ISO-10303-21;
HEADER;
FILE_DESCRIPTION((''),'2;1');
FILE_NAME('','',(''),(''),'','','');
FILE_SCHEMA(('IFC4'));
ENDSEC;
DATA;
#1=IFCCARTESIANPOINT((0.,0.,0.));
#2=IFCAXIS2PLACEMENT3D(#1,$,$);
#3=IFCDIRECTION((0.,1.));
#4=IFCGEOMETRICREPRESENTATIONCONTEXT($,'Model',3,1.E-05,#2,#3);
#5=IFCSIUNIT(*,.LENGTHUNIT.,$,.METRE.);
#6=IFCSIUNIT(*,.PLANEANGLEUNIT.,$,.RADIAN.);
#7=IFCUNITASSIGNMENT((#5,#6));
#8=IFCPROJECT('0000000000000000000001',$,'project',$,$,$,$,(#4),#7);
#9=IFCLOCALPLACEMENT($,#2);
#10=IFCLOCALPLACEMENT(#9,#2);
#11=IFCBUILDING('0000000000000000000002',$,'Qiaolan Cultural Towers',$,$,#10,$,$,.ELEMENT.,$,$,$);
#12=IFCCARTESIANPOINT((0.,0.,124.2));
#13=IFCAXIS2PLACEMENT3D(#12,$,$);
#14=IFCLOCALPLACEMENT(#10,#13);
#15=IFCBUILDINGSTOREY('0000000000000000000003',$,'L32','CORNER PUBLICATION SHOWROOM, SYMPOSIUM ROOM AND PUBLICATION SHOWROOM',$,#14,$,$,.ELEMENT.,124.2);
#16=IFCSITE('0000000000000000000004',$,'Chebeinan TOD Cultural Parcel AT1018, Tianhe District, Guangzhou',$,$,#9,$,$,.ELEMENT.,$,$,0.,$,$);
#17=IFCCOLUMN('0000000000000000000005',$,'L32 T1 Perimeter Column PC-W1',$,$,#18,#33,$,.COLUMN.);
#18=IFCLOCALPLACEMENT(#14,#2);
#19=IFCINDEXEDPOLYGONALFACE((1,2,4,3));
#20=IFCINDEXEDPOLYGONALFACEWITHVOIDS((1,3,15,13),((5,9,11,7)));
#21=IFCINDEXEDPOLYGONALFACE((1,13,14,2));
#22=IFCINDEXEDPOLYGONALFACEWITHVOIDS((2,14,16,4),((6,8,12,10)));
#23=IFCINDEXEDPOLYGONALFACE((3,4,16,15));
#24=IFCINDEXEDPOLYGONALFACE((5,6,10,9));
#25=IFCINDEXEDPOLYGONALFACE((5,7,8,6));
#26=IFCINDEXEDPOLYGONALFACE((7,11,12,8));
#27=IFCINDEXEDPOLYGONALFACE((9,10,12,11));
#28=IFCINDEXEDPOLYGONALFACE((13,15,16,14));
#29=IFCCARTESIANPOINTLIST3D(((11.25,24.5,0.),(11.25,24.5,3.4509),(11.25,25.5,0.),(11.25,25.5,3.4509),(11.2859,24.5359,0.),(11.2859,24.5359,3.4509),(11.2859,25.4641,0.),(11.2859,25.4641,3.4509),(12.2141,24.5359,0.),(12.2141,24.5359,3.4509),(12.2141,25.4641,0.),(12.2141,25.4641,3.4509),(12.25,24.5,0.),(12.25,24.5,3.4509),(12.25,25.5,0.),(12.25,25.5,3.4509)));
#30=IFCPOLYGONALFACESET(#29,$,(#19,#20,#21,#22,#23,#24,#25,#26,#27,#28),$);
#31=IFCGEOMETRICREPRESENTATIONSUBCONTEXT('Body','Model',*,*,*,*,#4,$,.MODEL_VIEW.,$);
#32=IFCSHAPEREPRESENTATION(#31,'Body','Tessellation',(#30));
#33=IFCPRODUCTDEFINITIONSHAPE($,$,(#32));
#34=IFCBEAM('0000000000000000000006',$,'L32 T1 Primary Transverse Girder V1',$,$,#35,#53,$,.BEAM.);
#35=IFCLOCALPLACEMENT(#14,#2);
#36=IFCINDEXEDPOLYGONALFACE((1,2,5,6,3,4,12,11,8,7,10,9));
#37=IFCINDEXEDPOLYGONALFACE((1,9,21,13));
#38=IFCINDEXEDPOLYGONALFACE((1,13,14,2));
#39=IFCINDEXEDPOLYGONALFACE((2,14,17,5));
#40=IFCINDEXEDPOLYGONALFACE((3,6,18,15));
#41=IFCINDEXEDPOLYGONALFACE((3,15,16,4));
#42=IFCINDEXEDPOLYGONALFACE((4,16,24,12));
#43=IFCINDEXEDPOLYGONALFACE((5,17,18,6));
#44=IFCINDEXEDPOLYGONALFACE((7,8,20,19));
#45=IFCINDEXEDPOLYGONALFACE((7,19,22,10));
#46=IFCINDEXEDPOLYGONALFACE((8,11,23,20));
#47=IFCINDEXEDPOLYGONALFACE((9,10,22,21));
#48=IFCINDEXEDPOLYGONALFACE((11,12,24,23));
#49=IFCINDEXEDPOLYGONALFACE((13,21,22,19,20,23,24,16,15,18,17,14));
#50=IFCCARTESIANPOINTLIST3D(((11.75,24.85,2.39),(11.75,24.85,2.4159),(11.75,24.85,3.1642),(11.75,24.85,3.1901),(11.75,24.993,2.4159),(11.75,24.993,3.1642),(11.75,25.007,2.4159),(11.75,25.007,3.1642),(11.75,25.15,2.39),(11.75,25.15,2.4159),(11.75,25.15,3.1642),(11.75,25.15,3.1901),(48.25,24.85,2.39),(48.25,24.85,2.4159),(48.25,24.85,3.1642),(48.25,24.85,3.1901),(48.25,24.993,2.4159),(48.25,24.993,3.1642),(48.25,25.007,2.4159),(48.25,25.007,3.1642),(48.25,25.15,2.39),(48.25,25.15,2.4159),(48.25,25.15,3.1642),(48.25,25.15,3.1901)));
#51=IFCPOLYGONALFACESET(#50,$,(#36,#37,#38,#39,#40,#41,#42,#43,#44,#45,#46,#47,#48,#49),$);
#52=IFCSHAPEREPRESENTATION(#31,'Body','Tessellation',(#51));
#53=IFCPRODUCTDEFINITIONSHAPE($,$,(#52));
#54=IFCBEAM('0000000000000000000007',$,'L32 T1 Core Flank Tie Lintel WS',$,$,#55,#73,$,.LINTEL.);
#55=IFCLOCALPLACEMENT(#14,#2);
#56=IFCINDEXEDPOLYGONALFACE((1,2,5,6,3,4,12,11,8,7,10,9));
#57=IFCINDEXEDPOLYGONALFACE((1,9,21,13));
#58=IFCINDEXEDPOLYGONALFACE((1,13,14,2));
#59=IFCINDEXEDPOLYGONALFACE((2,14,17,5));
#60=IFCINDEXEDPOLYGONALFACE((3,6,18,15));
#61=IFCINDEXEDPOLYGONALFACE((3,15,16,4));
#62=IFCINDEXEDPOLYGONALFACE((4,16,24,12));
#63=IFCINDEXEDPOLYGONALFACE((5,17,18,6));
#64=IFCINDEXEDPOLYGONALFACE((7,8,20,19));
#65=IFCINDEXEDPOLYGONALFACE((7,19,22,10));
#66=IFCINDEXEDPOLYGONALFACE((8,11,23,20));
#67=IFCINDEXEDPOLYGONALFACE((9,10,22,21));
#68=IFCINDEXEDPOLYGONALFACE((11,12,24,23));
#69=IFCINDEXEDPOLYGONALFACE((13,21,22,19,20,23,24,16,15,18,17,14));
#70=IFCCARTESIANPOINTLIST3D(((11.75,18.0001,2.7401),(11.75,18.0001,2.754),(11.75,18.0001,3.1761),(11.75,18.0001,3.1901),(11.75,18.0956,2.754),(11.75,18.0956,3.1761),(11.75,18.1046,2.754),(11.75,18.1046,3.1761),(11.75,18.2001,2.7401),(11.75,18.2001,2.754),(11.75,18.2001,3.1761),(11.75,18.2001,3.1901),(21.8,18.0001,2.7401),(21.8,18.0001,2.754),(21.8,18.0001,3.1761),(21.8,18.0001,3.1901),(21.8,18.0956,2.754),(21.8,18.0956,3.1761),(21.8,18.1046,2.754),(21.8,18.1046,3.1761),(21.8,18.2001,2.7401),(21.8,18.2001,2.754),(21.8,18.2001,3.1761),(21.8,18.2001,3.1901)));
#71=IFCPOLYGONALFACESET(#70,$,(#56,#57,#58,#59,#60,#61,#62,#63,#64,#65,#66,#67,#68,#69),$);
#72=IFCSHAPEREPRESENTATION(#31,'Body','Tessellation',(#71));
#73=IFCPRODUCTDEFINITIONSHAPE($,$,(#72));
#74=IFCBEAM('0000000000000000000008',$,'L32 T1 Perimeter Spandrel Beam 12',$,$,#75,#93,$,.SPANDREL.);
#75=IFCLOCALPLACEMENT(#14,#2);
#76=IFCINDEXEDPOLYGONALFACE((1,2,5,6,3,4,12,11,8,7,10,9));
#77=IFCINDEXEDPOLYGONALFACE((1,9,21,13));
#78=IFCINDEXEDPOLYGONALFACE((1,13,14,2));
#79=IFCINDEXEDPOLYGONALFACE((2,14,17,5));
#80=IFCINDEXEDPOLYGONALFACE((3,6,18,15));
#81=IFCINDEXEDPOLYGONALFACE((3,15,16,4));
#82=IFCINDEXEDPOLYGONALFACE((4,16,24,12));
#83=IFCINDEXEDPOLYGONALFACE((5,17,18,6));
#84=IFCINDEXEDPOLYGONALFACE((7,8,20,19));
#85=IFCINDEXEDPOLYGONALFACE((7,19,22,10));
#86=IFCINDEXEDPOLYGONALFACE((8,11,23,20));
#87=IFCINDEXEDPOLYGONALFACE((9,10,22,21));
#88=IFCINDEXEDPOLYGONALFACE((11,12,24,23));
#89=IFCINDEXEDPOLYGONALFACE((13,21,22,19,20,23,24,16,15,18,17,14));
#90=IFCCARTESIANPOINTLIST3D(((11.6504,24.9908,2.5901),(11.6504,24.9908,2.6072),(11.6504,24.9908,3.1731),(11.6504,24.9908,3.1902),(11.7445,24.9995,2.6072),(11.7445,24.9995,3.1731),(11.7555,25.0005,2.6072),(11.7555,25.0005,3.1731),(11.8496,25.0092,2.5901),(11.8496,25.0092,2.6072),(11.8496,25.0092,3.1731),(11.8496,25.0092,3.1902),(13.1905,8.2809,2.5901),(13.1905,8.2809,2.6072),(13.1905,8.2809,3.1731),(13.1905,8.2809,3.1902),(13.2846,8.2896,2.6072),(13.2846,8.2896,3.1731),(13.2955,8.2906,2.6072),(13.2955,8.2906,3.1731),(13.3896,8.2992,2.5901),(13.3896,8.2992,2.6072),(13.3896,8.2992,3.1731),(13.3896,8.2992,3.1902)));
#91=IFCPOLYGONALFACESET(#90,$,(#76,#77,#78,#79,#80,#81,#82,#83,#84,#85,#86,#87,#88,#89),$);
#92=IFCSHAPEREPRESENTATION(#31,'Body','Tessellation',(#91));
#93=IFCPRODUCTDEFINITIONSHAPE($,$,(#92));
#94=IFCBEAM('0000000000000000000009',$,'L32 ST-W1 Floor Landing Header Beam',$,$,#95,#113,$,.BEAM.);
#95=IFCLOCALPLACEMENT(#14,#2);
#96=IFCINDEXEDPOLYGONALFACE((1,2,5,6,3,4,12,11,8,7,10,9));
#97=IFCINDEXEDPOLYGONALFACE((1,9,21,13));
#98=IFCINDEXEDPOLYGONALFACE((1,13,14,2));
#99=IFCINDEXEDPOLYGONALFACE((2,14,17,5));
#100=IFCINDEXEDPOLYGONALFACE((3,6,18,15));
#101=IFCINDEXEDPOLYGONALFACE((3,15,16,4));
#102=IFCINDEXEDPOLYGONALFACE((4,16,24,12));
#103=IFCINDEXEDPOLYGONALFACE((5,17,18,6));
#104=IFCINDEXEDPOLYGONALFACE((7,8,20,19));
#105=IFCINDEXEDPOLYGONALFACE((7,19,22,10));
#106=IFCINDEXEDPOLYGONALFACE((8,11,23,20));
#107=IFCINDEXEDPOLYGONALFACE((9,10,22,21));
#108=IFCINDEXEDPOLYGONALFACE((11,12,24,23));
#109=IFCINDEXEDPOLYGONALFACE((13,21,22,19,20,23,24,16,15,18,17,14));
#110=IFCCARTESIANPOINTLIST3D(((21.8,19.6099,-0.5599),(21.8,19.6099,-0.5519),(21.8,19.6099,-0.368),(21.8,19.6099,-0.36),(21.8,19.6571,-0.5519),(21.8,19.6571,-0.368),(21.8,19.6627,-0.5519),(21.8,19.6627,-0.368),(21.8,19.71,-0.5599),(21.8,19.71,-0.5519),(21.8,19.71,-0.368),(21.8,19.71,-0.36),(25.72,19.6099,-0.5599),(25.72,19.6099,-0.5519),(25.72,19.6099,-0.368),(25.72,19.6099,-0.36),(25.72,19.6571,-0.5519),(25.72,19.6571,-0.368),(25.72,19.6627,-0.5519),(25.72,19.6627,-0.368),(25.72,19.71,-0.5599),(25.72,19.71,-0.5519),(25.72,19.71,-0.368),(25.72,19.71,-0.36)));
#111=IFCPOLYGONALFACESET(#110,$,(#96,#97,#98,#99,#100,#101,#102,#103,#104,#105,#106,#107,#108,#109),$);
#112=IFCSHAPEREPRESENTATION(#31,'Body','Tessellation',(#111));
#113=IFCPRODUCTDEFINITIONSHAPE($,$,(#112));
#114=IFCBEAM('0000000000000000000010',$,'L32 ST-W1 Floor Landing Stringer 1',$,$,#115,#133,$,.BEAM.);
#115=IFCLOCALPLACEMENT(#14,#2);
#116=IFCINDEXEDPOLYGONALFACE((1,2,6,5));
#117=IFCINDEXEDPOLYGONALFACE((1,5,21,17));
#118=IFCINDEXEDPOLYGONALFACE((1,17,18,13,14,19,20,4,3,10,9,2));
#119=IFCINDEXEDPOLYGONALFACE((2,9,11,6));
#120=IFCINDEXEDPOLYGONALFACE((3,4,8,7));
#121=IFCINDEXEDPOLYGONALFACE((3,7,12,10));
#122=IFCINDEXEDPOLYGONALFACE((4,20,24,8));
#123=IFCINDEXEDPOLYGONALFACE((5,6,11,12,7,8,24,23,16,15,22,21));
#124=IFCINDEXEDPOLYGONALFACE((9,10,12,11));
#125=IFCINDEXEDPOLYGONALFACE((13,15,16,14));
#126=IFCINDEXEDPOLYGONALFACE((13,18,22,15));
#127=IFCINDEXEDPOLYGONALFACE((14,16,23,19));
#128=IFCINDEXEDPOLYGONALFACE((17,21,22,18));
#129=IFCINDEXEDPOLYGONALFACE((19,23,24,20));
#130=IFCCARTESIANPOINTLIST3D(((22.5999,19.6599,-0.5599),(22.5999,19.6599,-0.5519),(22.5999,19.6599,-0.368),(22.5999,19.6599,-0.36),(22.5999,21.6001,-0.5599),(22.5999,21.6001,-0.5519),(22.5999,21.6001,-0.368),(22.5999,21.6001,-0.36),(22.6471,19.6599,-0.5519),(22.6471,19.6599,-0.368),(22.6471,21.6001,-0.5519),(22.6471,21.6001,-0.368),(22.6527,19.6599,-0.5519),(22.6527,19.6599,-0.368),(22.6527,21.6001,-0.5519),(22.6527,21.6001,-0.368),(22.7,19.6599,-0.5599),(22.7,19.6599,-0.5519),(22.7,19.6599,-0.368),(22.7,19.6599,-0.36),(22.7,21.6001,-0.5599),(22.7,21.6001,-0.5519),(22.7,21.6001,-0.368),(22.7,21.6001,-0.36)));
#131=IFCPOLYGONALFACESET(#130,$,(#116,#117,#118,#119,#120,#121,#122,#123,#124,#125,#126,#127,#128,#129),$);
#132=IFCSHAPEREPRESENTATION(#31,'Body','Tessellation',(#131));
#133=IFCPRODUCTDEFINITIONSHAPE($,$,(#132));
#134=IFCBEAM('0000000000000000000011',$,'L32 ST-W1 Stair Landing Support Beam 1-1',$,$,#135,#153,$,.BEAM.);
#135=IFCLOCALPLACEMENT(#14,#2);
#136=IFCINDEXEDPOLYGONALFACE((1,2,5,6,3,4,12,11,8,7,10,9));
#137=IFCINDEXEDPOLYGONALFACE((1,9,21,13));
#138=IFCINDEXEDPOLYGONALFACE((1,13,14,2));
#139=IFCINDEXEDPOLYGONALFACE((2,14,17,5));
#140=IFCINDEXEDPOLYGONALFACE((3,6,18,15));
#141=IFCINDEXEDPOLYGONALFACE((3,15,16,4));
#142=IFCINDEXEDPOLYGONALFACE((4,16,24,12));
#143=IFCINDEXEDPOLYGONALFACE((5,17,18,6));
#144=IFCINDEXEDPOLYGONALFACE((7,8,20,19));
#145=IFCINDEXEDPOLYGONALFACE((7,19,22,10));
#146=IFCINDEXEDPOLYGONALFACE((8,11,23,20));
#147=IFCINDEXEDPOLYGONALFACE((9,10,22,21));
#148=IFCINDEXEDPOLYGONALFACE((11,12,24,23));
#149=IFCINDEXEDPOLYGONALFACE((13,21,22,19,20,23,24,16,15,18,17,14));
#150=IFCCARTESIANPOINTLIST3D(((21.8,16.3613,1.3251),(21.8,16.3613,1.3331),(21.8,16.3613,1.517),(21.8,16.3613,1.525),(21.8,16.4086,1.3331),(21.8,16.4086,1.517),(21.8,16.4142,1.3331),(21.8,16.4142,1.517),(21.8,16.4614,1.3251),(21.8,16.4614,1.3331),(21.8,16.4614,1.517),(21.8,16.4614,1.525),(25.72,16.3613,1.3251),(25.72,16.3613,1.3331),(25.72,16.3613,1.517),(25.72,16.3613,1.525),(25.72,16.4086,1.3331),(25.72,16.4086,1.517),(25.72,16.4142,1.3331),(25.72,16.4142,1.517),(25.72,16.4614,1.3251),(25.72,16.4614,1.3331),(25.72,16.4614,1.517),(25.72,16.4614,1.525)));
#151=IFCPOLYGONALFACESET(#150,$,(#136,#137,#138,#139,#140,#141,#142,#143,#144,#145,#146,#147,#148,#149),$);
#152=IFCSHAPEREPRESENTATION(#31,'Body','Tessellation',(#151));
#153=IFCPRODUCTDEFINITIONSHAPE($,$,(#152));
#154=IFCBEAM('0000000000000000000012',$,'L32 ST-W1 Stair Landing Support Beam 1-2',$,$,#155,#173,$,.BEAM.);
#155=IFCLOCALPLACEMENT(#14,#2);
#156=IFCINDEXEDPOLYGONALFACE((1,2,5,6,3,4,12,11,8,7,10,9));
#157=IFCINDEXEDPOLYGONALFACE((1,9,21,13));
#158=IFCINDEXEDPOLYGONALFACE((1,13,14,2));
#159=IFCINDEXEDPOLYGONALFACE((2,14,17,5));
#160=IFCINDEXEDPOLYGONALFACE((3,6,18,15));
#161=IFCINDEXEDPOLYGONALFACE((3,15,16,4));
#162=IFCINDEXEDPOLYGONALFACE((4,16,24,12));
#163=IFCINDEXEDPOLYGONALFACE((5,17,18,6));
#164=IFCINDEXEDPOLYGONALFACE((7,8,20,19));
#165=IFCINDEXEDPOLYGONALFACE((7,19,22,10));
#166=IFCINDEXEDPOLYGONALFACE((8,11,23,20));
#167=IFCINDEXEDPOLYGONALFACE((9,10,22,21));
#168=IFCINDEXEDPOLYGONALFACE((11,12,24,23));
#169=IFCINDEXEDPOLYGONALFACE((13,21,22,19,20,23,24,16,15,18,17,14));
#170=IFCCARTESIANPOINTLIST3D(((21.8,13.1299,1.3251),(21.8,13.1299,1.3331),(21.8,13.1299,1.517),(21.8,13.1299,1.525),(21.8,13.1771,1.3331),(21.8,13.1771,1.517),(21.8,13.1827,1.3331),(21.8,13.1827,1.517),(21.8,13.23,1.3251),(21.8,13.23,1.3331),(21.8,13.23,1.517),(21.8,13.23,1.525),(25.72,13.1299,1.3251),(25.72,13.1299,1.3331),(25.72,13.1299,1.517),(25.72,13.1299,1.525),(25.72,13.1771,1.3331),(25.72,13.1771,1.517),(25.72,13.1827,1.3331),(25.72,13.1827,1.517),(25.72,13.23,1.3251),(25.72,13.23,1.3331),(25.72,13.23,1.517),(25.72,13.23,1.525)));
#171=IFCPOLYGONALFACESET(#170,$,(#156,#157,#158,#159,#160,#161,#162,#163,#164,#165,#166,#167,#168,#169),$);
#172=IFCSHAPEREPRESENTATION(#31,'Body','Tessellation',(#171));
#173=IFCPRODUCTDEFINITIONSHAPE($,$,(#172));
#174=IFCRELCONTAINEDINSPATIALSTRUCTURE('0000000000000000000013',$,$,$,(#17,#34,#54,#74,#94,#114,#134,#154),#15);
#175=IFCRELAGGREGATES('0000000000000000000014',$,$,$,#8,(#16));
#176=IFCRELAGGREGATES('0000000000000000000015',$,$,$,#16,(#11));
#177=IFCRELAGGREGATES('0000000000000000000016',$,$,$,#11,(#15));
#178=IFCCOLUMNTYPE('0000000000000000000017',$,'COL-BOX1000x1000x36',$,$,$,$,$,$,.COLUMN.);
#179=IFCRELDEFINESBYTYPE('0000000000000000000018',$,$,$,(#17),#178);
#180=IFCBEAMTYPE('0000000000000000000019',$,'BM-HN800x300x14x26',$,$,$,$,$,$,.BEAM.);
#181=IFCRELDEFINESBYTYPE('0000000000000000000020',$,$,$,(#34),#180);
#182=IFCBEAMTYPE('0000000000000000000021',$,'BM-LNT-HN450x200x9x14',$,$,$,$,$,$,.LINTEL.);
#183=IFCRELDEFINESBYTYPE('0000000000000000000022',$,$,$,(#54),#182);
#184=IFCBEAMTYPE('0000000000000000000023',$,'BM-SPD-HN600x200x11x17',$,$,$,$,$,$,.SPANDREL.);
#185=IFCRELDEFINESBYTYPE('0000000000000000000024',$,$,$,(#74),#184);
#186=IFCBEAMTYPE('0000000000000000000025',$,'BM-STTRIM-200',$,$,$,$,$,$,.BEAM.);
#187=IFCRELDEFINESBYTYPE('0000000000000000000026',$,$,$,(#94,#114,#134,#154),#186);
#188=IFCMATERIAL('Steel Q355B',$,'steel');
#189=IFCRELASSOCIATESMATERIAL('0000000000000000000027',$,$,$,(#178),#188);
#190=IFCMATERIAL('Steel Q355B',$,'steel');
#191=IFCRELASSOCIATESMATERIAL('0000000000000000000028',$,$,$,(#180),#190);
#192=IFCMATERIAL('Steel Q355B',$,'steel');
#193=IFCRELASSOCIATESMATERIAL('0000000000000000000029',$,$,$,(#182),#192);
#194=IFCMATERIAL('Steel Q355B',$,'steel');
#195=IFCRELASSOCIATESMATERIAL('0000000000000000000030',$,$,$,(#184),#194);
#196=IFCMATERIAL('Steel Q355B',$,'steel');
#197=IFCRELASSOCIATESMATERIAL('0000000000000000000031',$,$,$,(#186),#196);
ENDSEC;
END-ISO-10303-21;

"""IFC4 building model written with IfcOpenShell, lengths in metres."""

from ifc_helpers import new_model, si_unit, direction, frame, origin, origin_2d, place, context, subcontext, project, spatial, hollow_rectangle, i_section, extrude, material, material_profile, profile_set, type_object, element, save


model = new_model("IFC4")

# Units and contexts
model_context = context("Model", 3, precision=1e-05, world=origin(), true_north=direction((0.0, 1.0)))
body_context = subcontext(model_context, "Body", "Model", "MODEL_VIEW")
ifc_project = project(units=[si_unit("LENGTHUNIT", "METRE"), si_unit("PLANEANGLEUNIT", "RADIAN")], contexts=[model_context])

# Site, building, storey
site_placement = place(None, origin())
site = spatial("IfcSite", under=ifc_project, at=site_placement, Name="Chebeinan TOD Cultural Parcel AT1018, Tianhe District, Guangzhou", CompositionType="ELEMENT", RefElevation=0.0)
building_placement = place(site_placement, origin())
building = spatial("IfcBuilding", under=site, at=building_placement, Name="Qiaolan Cultural Towers", CompositionType="ELEMENT")
storey_placement = place(building_placement, frame((0.0, 0.0, 124.2)))
storey = spatial("IfcBuildingStorey", under=building, at=storey_placement, Name="L32", Description="CORNER PUBLICATION SHOWROOM, SYMPOSIUM ROOM AND PUBLICATION SHOWROOM", CompositionType="ELEMENT", Elevation=124.2)

# Column
ifc_material_1 = material(Name="Steel Q355B", Category="steel")
ifc_material_profile_1 = material_profile(ifc_material_1, hollow_rectangle(XDim=1.0, YDim=1.0, WallThickness=0.0359, at=origin_2d()), Name="BOX1000x1000x36")
ifc_profile_set_1 = profile_set([ifc_material_profile_1], Name="Steel Q355B")
column_type = type_object("IfcColumnType", Name="COL-BOX1000x1000x36", PredefinedType="COLUMN", material=ifc_profile_set_1)
column_placement = place(storey_placement, frame((11.75, 25.0, 0.0), z_axis=(0.0, 0.0, 1.0), x_axis=(1.0, 0.0, 0.0)))
element("IfcColumn", 1, at=column_placement, inside=storey, type_object=column_type, Name="L32 T1 Perimeter Column PC-W1", PredefinedType="COLUMN", context=body_context, shape_type="SweptSolid", body=[
    extrude(hollow_rectangle(XDim=1.0, YDim=1.0, WallThickness=0.0359, at=origin_2d()), origin(), (0.0, 0.0, 1.0), 3.4509),
])

# Beams
ifc_material_2 = material(Name="Steel Q355B", Category="steel")
ifc_material_profile_2 = material_profile(ifc_material_2, i_section(OverallWidth=0.3, OverallDepth=0.8, WebThickness=0.0139, FlangeThickness=0.0259, at=origin_2d()), Name="HN800x300x14x26")
ifc_profile_set_2 = profile_set([ifc_material_profile_2], Name="Steel Q355B")
beam_type_1 = type_object("IfcBeamType", Name="BM-HN800x300x14x26", PredefinedType="BEAM", material=ifc_profile_set_2)
beam_1_placement = place(storey_placement, frame((11.75, 25.0, 2.79), z_axis=(1.0, 0.0, 0.0), x_axis=(0.0, 1.0, 0.0)))
element("IfcBeam", 2, at=beam_1_placement, inside=storey, type_object=beam_type_1, Name="L32 T1 Primary Transverse Girder V1", PredefinedType="BEAM", context=body_context, shape_type="SweptSolid", body=[
    extrude(i_section(OverallWidth=0.3, OverallDepth=0.8, WebThickness=0.0139, FlangeThickness=0.0259, at=origin_2d()), origin(), (0.0, 0.0, 1.0), 36.5),
])
ifc_material_3 = material(Name="Steel Q355B", Category="steel")
ifc_material_profile_3 = material_profile(ifc_material_3, i_section(OverallWidth=0.2, OverallDepth=0.45, WebThickness=0.009, FlangeThickness=0.0139, at=origin_2d()), Name="HN450x200x9x14")
ifc_profile_set_3 = profile_set([ifc_material_profile_3], Name="Steel Q355B")
beam_type_2 = type_object("IfcBeamType", Name="BM-LNT-HN450x200x9x14", PredefinedType="LINTEL", material=ifc_profile_set_3)
beam_2_placement = place(storey_placement, frame((21.8, 18.1001, 2.9651), z_axis=(-1.0, 0.0, 0.0), x_axis=(0.0, -1.0, 0.0)))
element("IfcBeam", 3, at=beam_2_placement, inside=storey, type_object=beam_type_2, Name="L32 T1 Core Flank Tie Lintel WS", PredefinedType="LINTEL", context=body_context, shape_type="SweptSolid", body=[
    extrude(i_section(OverallWidth=0.2, OverallDepth=0.45, WebThickness=0.009, FlangeThickness=0.0139, at=origin_2d()), origin(), (0.0, 0.0, 1.0), 10.05),
])
ifc_material_4 = material(Name="Steel Q355B", Category="steel")
ifc_material_profile_4 = material_profile(ifc_material_4, i_section(OverallWidth=0.2, OverallDepth=0.6001, WebThickness=0.011, FlangeThickness=0.0171, at=origin_2d()), Name="HN600x200x11x17")
ifc_profile_set_4 = profile_set([ifc_material_profile_4], Name="Steel Q355B")
beam_type_3 = type_object("IfcBeamType", Name="BM-SPD-HN600x200x11x17", PredefinedType="SPANDREL", material=ifc_profile_set_4)
beam_3_placement = place(storey_placement, frame((11.75, 25.0, 2.8901), z_axis=(0.091774, -0.99578, 0.0), x_axis=(0.99578, 0.091774, 0.0)))
element("IfcBeam", 4, at=beam_3_placement, inside=storey, type_object=beam_type_3, Name="L32 T1 Perimeter Spandrel Beam 12", PredefinedType="SPANDREL", context=body_context, shape_type="SweptSolid", body=[
    extrude(i_section(OverallWidth=0.2, OverallDepth=0.6001, WebThickness=0.011, FlangeThickness=0.0171, at=origin_2d()), origin(), (0.0, 0.0, 1.0), 16.7808),
])
ifc_material_5 = material(Name="Steel Q355B", Category="steel")
ifc_material_profile_5 = material_profile(ifc_material_5, i_section(OverallWidth=0.1001, OverallDepth=0.2, WebThickness=0.0056, FlangeThickness=0.0081, at=origin_2d()), Name="HN200x100x5.5x8")
ifc_profile_set_5 = profile_set([ifc_material_profile_5], Name="Steel Q355B")
beam_type_4 = type_object("IfcBeamType", Name="BM-STTRIM-200", PredefinedType="BEAM", material=ifc_profile_set_5)
beam_4_placement = place(storey_placement, frame((21.8, 19.6599, -0.46), z_axis=(1.0, 0.0, 0.0), x_axis=(0.0, 1.0, 0.0)))
element("IfcBeam", 5, at=beam_4_placement, inside=storey, type_object=beam_type_4, Name="L32 ST-W1 Floor Landing Header Beam", PredefinedType="BEAM", context=body_context, shape_type="SweptSolid", body=[
    extrude(i_section(OverallWidth=0.1001, OverallDepth=0.2, WebThickness=0.0056, FlangeThickness=0.0081, at=origin_2d()), origin(), (0.0, 0.0, 1.0), 3.9199),
])
beam_5_placement = place(storey_placement, frame((22.6499, 21.6001, -0.46), z_axis=(0.0, -1.0, 0.0), x_axis=(1.0, 0.0, 0.0)))
element("IfcBeam", 6, at=beam_5_placement, inside=storey, type_object=beam_type_4, Name="L32 ST-W1 Floor Landing Stringer 1", PredefinedType="BEAM", context=body_context, shape_type="SweptSolid", body=[
    extrude(i_section(OverallWidth=0.1001, OverallDepth=0.2, WebThickness=0.0056, FlangeThickness=0.0081, at=origin_2d()), origin(), (0.0, 0.0, 1.0), 1.9402),
])
for number, where, z_axis, x_axis, name in (
    (7, (21.8, 16.4114, 1.425), (1.0, 0.0, 0.0), (0.0, 1.0, 0.0), "L32 ST-W1 Stair Landing Support Beam 1-1"),
    (8, (21.8, 13.1799, 1.425), (1.0, 0.0, 0.0), (0.0, 1.0, 0.0), "L32 ST-W1 Stair Landing Support Beam 1-2"),
):
    element("IfcBeam", number, at=place(storey_placement, frame(where, z_axis=z_axis, x_axis=x_axis)), inside=storey, type_object=beam_type_4, Name=name, PredefinedType="BEAM", context=body_context, shape_type="SweptSolid", body=[
        extrude(i_section(OverallWidth=0.1001, OverallDepth=0.2, WebThickness=0.0056, FlangeThickness=0.0081, at=origin_2d()), origin(), (0.0, 0.0, 1.0), 3.9199),
    ])

save(model, "model.ifc")
